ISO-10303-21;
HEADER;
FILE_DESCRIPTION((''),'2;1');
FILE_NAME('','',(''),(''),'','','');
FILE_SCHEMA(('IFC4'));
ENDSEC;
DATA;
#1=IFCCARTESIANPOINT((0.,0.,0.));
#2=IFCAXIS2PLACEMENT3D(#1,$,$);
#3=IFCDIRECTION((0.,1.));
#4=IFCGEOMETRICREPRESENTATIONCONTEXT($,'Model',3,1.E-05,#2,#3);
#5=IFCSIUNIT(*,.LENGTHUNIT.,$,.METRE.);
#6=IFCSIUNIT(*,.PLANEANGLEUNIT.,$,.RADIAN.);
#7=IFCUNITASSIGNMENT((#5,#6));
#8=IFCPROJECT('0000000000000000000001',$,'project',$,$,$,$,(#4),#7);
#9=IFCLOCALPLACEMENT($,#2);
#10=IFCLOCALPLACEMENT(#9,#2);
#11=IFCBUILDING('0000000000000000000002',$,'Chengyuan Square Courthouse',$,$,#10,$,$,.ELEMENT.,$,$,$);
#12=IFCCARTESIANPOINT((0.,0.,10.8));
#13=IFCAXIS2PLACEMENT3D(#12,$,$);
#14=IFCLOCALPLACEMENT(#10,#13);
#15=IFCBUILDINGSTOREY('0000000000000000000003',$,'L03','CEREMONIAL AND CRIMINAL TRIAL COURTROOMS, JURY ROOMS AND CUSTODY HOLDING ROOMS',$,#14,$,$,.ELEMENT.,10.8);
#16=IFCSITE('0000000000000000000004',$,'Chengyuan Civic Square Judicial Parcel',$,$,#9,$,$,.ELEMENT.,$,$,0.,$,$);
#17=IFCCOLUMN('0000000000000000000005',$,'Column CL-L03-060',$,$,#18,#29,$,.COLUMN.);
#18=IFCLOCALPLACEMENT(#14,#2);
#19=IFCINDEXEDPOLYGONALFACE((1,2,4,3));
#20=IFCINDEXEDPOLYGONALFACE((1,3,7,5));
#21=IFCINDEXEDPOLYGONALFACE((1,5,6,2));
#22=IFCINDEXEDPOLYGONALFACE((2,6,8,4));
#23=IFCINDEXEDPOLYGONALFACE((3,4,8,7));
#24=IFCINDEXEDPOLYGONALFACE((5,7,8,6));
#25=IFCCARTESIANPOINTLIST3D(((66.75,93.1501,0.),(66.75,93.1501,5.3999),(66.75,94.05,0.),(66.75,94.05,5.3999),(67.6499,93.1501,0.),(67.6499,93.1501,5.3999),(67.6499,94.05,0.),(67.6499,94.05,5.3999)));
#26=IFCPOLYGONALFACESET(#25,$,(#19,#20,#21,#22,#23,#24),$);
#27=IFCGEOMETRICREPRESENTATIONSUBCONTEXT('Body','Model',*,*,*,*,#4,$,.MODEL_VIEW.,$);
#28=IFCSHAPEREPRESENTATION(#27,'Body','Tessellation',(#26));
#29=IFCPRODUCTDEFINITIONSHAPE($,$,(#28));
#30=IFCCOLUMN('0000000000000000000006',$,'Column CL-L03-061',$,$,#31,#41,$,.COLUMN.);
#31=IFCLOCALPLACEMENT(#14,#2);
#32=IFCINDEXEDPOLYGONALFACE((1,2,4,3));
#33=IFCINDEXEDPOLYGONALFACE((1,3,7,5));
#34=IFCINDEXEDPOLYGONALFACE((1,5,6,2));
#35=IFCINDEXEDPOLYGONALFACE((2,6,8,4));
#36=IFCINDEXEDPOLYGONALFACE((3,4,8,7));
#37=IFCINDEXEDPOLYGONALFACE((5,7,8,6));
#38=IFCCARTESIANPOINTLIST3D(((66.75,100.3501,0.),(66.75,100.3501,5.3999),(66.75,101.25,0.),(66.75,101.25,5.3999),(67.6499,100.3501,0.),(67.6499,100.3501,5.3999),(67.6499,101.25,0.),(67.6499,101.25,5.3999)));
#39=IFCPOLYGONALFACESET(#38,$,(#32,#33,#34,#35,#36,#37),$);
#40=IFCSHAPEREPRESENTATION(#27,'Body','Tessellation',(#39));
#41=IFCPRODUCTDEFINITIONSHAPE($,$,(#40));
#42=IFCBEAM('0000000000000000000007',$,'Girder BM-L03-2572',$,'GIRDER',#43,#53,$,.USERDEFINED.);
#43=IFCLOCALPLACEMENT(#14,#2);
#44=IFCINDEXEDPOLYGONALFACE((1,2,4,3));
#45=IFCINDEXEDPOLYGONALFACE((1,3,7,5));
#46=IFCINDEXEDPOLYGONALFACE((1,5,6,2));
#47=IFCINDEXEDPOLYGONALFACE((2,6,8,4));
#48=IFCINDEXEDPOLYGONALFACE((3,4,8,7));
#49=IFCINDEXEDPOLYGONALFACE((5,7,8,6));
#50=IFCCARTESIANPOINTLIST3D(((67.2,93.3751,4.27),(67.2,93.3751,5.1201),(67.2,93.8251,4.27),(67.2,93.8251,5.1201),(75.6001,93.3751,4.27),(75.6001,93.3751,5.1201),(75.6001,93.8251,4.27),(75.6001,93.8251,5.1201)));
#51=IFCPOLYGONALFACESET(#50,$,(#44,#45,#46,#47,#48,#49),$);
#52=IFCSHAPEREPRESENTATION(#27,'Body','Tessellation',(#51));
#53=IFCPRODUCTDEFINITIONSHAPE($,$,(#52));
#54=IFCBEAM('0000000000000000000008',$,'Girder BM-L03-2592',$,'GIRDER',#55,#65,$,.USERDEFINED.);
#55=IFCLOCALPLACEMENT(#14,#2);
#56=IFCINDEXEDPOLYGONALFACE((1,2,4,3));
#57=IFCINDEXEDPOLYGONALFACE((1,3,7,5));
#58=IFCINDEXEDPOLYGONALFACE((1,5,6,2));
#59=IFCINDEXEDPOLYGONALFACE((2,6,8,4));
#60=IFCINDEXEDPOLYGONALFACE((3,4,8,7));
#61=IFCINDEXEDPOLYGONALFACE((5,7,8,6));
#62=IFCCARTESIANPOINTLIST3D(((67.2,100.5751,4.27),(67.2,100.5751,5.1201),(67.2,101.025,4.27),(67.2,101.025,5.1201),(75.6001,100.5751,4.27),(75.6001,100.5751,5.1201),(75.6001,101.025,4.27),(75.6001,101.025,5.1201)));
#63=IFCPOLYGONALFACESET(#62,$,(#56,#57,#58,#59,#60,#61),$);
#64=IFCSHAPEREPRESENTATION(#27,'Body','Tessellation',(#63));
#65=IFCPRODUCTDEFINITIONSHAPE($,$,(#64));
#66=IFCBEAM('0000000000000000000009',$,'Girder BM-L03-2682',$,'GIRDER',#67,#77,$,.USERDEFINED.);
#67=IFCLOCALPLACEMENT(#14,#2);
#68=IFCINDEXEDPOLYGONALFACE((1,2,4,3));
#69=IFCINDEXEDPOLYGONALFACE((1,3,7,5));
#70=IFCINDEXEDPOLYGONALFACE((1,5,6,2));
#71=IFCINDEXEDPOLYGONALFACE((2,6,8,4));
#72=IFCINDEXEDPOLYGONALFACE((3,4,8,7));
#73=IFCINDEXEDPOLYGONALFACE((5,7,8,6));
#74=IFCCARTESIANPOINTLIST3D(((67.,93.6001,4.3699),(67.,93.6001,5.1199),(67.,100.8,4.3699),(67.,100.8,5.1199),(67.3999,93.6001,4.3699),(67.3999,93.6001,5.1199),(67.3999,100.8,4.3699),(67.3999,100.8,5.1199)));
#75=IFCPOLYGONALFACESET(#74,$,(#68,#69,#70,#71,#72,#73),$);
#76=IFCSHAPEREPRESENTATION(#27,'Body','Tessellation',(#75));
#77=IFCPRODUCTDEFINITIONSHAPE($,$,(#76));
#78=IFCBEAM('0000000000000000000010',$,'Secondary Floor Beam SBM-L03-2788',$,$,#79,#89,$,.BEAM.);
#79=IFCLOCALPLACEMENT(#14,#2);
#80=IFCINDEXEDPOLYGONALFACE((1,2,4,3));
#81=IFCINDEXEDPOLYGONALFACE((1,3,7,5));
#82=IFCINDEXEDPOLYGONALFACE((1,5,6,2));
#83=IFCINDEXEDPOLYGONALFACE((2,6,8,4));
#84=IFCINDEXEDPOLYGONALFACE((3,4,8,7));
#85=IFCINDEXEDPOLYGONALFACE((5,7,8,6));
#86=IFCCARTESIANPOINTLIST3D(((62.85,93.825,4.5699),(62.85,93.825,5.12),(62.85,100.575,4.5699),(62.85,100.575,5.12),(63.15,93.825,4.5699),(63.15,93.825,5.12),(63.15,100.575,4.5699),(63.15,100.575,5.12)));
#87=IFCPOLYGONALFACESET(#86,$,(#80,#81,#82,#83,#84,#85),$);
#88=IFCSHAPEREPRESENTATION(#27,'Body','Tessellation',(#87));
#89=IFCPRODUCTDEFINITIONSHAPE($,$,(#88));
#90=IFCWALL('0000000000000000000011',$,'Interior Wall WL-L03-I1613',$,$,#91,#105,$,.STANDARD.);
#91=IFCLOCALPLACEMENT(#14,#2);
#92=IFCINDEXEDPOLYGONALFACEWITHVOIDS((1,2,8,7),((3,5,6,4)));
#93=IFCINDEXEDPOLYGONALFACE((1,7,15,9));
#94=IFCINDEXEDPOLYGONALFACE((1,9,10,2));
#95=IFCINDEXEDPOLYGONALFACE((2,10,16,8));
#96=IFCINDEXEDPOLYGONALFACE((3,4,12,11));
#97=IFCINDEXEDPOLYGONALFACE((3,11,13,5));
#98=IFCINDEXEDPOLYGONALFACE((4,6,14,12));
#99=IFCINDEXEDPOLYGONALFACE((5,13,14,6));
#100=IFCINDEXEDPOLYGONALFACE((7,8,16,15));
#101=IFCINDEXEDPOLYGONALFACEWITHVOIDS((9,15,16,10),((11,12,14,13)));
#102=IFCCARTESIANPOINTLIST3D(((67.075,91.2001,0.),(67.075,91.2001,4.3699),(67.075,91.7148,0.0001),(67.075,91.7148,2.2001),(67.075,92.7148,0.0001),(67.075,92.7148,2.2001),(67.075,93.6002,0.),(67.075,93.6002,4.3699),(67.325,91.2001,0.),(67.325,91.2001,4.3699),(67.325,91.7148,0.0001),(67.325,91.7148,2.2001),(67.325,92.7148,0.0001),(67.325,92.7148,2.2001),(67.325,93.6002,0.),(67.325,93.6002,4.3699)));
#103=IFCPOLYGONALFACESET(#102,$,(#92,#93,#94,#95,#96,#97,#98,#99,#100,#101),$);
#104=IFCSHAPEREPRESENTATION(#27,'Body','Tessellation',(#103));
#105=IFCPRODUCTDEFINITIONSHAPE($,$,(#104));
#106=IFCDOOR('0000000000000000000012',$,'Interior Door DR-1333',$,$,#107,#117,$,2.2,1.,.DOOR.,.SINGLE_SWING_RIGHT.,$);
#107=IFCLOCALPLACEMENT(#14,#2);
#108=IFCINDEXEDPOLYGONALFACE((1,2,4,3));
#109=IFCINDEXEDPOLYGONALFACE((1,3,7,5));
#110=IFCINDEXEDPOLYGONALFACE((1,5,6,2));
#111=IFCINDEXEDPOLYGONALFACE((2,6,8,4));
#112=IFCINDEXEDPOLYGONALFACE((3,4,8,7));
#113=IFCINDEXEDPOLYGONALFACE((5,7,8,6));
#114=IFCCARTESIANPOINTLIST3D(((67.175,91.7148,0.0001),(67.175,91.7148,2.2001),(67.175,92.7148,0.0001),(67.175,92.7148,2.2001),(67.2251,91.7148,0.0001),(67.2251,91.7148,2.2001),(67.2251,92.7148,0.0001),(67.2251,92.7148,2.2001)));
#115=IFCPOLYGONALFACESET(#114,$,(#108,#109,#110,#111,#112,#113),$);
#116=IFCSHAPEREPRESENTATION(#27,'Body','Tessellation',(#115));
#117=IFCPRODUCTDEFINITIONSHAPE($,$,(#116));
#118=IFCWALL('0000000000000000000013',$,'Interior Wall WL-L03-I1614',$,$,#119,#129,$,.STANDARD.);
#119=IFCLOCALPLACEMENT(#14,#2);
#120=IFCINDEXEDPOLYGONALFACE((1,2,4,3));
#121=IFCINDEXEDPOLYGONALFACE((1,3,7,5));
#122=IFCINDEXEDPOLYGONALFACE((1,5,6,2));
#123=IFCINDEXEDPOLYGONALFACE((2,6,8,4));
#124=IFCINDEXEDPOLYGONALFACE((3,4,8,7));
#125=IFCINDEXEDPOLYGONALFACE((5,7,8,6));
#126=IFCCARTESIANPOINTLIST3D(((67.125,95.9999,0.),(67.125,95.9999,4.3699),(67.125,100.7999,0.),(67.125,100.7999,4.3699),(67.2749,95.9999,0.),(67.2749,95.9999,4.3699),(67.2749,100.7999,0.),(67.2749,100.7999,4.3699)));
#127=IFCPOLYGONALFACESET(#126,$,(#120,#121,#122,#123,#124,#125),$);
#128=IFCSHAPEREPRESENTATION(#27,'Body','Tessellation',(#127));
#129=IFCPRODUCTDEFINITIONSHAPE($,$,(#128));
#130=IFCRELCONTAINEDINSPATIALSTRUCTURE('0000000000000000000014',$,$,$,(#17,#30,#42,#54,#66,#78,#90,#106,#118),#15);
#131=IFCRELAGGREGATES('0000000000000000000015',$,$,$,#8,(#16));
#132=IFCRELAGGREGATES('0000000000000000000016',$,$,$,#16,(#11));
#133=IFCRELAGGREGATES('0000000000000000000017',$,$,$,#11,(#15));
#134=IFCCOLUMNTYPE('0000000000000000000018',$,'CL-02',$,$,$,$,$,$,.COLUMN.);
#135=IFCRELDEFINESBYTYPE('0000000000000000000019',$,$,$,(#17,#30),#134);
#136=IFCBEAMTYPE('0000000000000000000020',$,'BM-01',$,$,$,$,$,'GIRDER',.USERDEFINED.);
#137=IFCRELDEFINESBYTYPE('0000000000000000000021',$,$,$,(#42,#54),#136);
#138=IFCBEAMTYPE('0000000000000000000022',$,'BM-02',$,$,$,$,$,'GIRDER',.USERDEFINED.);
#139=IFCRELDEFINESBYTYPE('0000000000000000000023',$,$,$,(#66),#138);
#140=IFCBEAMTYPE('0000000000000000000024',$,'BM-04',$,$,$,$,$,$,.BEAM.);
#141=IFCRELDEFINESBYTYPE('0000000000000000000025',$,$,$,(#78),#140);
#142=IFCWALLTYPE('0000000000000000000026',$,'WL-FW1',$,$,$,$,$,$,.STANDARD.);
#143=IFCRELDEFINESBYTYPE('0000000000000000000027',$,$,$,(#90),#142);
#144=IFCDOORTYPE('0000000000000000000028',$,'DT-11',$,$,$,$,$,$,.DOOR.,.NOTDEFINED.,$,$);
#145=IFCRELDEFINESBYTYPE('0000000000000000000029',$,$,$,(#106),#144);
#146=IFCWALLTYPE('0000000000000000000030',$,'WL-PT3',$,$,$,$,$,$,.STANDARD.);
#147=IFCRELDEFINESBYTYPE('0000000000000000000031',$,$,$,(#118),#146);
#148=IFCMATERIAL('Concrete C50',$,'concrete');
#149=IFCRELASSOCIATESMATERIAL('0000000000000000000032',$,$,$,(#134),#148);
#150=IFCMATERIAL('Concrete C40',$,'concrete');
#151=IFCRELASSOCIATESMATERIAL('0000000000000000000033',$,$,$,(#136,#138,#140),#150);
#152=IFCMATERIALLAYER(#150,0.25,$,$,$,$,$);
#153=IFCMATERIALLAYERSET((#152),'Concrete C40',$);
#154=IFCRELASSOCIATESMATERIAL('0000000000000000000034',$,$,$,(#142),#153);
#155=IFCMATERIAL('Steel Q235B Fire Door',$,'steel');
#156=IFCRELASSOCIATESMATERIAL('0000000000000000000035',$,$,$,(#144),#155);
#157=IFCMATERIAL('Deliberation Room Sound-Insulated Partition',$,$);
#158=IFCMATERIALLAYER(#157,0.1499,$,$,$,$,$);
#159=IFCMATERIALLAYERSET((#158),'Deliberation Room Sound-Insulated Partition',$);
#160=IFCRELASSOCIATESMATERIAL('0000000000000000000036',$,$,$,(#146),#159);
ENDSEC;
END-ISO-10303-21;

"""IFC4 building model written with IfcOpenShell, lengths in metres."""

from ifc_helpers import new_model, si_unit, direction, frame, frame_2d, origin, origin_2d, place, context, subcontext, project, spatial, rectangle, extrude, material, layer, layer_set, material_profile, profile_set, type_object, element, fill, save


model = new_model("IFC4")

# Units and contexts
model_context = context("Model", 3, precision=1e-05, world=origin(), true_north=direction((0.0, 1.0)))
body_context = subcontext(model_context, "Body", "Model", "MODEL_VIEW")
ifc_project = project(units=[si_unit("LENGTHUNIT", "METRE"), si_unit("PLANEANGLEUNIT", "RADIAN")], contexts=[model_context])

# Site, building, storey
site_placement = place(None, origin())
site = spatial("IfcSite", under=ifc_project, at=site_placement, Name="Chengyuan Civic Square Judicial Parcel", CompositionType="ELEMENT", RefElevation=0.0)
building_placement = place(site_placement, origin())
building = spatial("IfcBuilding", under=site, at=building_placement, Name="Chengyuan Square Courthouse", CompositionType="ELEMENT")
storey_placement = place(building_placement, frame((0.0, 0.0, 10.8)))
storey = spatial("IfcBuildingStorey", under=building, at=storey_placement, Name="L03", Description="CEREMONIAL AND CRIMINAL TRIAL COURTROOMS, JURY ROOMS AND CUSTODY HOLDING ROOMS", CompositionType="ELEMENT", Elevation=10.8)

# Columns
ifc_material_1 = material(Name="Concrete C50", Category="concrete")
ifc_material_profile_1 = material_profile(ifc_material_1, rectangle(XDim=0.8999, YDim=0.8999, at=origin_2d()), Name="RC-COL-900x900")
ifc_profile_set_1 = profile_set([ifc_material_profile_1], Name="Concrete C50")
column_type = type_object("IfcColumnType", Name="CL-02", PredefinedType="COLUMN", material=ifc_profile_set_1)
for number, where, z_axis, x_axis, name in (
    (1, (67.2, 93.6001, 0.0), (0.0, 0.0, 1.0), (1.0, 0.0, 0.0), "Column CL-L03-060"),
    (2, (67.2, 100.8, 0.0), (0.0, 0.0, 1.0), (1.0, 0.0, 0.0), "Column CL-L03-061"),
):
    element("IfcColumn", number, at=place(storey_placement, frame(where, z_axis=z_axis, x_axis=x_axis)), inside=storey, type_object=column_type, Name=name, PredefinedType="COLUMN", context=body_context, shape_type="SweptSolid", body=[
        extrude(rectangle(XDim=0.8999, YDim=0.8999, at=origin_2d()), origin(), (0.0, 0.0, 1.0), 5.3999),
    ])

# Beams
ifc_material_2 = material(Name="Concrete C40", Category="concrete")
ifc_material_profile_2 = material_profile(ifc_material_2, rectangle(XDim=0.45, YDim=0.8501, at=origin_2d()), Name="RC-BM-450x850")
ifc_profile_set_2 = profile_set([ifc_material_profile_2], Name="Concrete C40")
beam_type_1 = type_object("IfcBeamType", Name="BM-01", ElementType="GIRDER", PredefinedType="USERDEFINED", material=ifc_profile_set_2)
for number, where, z_axis, x_axis, name in (
    (3, (67.2, 93.6001, 4.6951), (1.0, 0.0, 0.0), (0.0, 1.0, 0.0), "Girder BM-L03-2572"),
    (4, (67.2, 100.8, 4.6951), (1.0, 0.0, 0.0), (0.0, 1.0, 0.0), "Girder BM-L03-2592"),
):
    element("IfcBeam", number, at=place(storey_placement, frame(where, z_axis=z_axis, x_axis=x_axis)), inside=storey, type_object=beam_type_1, Name=name, ObjectType="GIRDER", PredefinedType="USERDEFINED", context=body_context, shape_type="SweptSolid", body=[
        extrude(rectangle(XDim=0.45, YDim=0.8501, at=origin_2d()), origin(), (0.0, 0.0, 1.0), 8.4001),
    ])
ifc_material_profile_3 = material_profile(ifc_material_2, rectangle(XDim=0.3999, YDim=0.75, at=origin_2d()), Name="RC-BM-400x750")
ifc_profile_set_3 = profile_set([ifc_material_profile_3], Name="Concrete C40")
beam_type_2 = type_object("IfcBeamType", Name="BM-02", ElementType="GIRDER", PredefinedType="USERDEFINED", material=ifc_profile_set_3)
beam_1_placement = place(storey_placement, frame((67.2, 93.6001, 4.7449), z_axis=(0.0, 1.0, 0.0), x_axis=(-1.0, 0.0, 0.0)))
element("IfcBeam", 5, at=beam_1_placement, inside=storey, type_object=beam_type_2, Name="Girder BM-L03-2682", ObjectType="GIRDER", PredefinedType="USERDEFINED", context=body_context, shape_type="SweptSolid", body=[
    extrude(rectangle(XDim=0.3999, YDim=0.75, at=origin_2d()), origin(), (0.0, 0.0, 1.0), 7.2),
])
ifc_material_profile_4 = material_profile(ifc_material_2, rectangle(XDim=0.3, YDim=0.55, at=origin_2d()), Name="RC-BM-300x550")
ifc_profile_set_4 = profile_set([ifc_material_profile_4], Name="Concrete C40")
beam_type_3 = type_object("IfcBeamType", Name="BM-04", PredefinedType="BEAM", material=ifc_profile_set_4)
beam_2_placement = place(storey_placement, frame((63.0, 93.825, 4.845), z_axis=(0.0, 1.0, 0.0), x_axis=(-1.0, 0.0, 0.0)))
element("IfcBeam", 6, at=beam_2_placement, inside=storey, type_object=beam_type_3, Name="Secondary Floor Beam SBM-L03-2788", PredefinedType="BEAM", context=body_context, shape_type="SweptSolid", body=[
    extrude(rectangle(XDim=0.3, YDim=0.55, at=origin_2d()), origin(), (0.0, 0.0, 1.0), 6.75),
])

# Wall, opening, door
ifc_layer_1 = layer(ifc_material_2, 0.25)
ifc_layer_set_1 = layer_set([ifc_layer_1], Name="Concrete C40")
wall_type_1 = type_object("IfcWallType", Name="WL-FW1", PredefinedType="STANDARD", material=ifc_layer_set_1)
wall_1_placement = place(storey_placement, frame((67.2, 91.2, 0.0), z_axis=(0.0, 0.0, 1.0), x_axis=(0.0, 1.0, 0.0)))
wall_1 = element("IfcWall", 7, at=wall_1_placement, inside=storey, type_object=wall_type_1, Name="Interior Wall WL-L03-I1613", PredefinedType="STANDARD", context=body_context, shape_type="SweptSolid", body=[
    extrude(rectangle(XDim=2.4001, YDim=0.25, at=frame_2d((1.2002, 0.0))), origin(), (0.0, 0.0, 1.0), 4.3699),
])
opening_1_placement = place(wall_1_placement, frame((0.5149, 0.0, 0.0)))
opening_1 = element("IfcOpeningElement", 8, at=opening_1_placement, cuts=wall_1, PredefinedType="OPENING", context=body_context, shape_type="SweptSolid", body=[
    extrude(rectangle(XDim=1.0, YDim=2.2, at=frame_2d((0.5, 1.1001))), frame((0.0, 0.137, 0.0), z_axis=(0.0, -1.0, 0.0), x_axis=(1.0, 0.0, 0.0)), (0.0, 0.0, 1.0), 0.2739),
])
ifc_material_3 = material(Name="Steel Q235B Fire Door", Category="steel")
door_type_1 = type_object("IfcDoorType", Name="DT-11", OperationType="NOTDEFINED", PredefinedType="DOOR", material=ifc_material_3)
door_1_placement = place(opening_1_placement, origin())
door_1 = element("IfcDoor", 9, at=door_1_placement, inside=storey, type_object=door_type_1, Name="Interior Door DR-1333", OperationType="SINGLE_SWING_RIGHT", OverallHeight=2.2, OverallWidth=1.0, PredefinedType="DOOR", context=body_context, shape_type="SweptSolid", body=[
    extrude(rectangle(XDim=1.0, YDim=2.2, at=frame_2d((0.5, 1.1001))), frame((0.0, 0.0249, 0.0), z_axis=(0.0, -1.0, 0.0), x_axis=(1.0, 0.0, 0.0)), (0.0, 0.0, 1.0), 0.05),
])
fill(opening_1, door_1)

# Wall
ifc_material_4 = material(Name="Deliberation Room Sound-Insulated Partition")
ifc_layer_2 = layer(ifc_material_4, 0.1499)
ifc_layer_set_2 = layer_set([ifc_layer_2], Name="Deliberation Room Sound-Insulated Partition")
wall_type_2 = type_object("IfcWallType", Name="WL-PT3", PredefinedType="STANDARD", material=ifc_layer_set_2)
wall_2_placement = place(storey_placement, frame((67.2, 96.0, 0.0), z_axis=(0.0, 0.0, 1.0), x_axis=(0.0, 1.0, 0.0)))
element("IfcWall", 10, at=wall_2_placement, inside=storey, type_object=wall_type_2, Name="Interior Wall WL-L03-I1614", PredefinedType="STANDARD", context=body_context, shape_type="SweptSolid", body=[
    extrude(rectangle(XDim=4.8, YDim=0.1499, at=frame_2d((2.3999, 0.0))), origin(), (0.0, 0.0, 1.0), 4.3699),
])

save(model, "model.ifc")
